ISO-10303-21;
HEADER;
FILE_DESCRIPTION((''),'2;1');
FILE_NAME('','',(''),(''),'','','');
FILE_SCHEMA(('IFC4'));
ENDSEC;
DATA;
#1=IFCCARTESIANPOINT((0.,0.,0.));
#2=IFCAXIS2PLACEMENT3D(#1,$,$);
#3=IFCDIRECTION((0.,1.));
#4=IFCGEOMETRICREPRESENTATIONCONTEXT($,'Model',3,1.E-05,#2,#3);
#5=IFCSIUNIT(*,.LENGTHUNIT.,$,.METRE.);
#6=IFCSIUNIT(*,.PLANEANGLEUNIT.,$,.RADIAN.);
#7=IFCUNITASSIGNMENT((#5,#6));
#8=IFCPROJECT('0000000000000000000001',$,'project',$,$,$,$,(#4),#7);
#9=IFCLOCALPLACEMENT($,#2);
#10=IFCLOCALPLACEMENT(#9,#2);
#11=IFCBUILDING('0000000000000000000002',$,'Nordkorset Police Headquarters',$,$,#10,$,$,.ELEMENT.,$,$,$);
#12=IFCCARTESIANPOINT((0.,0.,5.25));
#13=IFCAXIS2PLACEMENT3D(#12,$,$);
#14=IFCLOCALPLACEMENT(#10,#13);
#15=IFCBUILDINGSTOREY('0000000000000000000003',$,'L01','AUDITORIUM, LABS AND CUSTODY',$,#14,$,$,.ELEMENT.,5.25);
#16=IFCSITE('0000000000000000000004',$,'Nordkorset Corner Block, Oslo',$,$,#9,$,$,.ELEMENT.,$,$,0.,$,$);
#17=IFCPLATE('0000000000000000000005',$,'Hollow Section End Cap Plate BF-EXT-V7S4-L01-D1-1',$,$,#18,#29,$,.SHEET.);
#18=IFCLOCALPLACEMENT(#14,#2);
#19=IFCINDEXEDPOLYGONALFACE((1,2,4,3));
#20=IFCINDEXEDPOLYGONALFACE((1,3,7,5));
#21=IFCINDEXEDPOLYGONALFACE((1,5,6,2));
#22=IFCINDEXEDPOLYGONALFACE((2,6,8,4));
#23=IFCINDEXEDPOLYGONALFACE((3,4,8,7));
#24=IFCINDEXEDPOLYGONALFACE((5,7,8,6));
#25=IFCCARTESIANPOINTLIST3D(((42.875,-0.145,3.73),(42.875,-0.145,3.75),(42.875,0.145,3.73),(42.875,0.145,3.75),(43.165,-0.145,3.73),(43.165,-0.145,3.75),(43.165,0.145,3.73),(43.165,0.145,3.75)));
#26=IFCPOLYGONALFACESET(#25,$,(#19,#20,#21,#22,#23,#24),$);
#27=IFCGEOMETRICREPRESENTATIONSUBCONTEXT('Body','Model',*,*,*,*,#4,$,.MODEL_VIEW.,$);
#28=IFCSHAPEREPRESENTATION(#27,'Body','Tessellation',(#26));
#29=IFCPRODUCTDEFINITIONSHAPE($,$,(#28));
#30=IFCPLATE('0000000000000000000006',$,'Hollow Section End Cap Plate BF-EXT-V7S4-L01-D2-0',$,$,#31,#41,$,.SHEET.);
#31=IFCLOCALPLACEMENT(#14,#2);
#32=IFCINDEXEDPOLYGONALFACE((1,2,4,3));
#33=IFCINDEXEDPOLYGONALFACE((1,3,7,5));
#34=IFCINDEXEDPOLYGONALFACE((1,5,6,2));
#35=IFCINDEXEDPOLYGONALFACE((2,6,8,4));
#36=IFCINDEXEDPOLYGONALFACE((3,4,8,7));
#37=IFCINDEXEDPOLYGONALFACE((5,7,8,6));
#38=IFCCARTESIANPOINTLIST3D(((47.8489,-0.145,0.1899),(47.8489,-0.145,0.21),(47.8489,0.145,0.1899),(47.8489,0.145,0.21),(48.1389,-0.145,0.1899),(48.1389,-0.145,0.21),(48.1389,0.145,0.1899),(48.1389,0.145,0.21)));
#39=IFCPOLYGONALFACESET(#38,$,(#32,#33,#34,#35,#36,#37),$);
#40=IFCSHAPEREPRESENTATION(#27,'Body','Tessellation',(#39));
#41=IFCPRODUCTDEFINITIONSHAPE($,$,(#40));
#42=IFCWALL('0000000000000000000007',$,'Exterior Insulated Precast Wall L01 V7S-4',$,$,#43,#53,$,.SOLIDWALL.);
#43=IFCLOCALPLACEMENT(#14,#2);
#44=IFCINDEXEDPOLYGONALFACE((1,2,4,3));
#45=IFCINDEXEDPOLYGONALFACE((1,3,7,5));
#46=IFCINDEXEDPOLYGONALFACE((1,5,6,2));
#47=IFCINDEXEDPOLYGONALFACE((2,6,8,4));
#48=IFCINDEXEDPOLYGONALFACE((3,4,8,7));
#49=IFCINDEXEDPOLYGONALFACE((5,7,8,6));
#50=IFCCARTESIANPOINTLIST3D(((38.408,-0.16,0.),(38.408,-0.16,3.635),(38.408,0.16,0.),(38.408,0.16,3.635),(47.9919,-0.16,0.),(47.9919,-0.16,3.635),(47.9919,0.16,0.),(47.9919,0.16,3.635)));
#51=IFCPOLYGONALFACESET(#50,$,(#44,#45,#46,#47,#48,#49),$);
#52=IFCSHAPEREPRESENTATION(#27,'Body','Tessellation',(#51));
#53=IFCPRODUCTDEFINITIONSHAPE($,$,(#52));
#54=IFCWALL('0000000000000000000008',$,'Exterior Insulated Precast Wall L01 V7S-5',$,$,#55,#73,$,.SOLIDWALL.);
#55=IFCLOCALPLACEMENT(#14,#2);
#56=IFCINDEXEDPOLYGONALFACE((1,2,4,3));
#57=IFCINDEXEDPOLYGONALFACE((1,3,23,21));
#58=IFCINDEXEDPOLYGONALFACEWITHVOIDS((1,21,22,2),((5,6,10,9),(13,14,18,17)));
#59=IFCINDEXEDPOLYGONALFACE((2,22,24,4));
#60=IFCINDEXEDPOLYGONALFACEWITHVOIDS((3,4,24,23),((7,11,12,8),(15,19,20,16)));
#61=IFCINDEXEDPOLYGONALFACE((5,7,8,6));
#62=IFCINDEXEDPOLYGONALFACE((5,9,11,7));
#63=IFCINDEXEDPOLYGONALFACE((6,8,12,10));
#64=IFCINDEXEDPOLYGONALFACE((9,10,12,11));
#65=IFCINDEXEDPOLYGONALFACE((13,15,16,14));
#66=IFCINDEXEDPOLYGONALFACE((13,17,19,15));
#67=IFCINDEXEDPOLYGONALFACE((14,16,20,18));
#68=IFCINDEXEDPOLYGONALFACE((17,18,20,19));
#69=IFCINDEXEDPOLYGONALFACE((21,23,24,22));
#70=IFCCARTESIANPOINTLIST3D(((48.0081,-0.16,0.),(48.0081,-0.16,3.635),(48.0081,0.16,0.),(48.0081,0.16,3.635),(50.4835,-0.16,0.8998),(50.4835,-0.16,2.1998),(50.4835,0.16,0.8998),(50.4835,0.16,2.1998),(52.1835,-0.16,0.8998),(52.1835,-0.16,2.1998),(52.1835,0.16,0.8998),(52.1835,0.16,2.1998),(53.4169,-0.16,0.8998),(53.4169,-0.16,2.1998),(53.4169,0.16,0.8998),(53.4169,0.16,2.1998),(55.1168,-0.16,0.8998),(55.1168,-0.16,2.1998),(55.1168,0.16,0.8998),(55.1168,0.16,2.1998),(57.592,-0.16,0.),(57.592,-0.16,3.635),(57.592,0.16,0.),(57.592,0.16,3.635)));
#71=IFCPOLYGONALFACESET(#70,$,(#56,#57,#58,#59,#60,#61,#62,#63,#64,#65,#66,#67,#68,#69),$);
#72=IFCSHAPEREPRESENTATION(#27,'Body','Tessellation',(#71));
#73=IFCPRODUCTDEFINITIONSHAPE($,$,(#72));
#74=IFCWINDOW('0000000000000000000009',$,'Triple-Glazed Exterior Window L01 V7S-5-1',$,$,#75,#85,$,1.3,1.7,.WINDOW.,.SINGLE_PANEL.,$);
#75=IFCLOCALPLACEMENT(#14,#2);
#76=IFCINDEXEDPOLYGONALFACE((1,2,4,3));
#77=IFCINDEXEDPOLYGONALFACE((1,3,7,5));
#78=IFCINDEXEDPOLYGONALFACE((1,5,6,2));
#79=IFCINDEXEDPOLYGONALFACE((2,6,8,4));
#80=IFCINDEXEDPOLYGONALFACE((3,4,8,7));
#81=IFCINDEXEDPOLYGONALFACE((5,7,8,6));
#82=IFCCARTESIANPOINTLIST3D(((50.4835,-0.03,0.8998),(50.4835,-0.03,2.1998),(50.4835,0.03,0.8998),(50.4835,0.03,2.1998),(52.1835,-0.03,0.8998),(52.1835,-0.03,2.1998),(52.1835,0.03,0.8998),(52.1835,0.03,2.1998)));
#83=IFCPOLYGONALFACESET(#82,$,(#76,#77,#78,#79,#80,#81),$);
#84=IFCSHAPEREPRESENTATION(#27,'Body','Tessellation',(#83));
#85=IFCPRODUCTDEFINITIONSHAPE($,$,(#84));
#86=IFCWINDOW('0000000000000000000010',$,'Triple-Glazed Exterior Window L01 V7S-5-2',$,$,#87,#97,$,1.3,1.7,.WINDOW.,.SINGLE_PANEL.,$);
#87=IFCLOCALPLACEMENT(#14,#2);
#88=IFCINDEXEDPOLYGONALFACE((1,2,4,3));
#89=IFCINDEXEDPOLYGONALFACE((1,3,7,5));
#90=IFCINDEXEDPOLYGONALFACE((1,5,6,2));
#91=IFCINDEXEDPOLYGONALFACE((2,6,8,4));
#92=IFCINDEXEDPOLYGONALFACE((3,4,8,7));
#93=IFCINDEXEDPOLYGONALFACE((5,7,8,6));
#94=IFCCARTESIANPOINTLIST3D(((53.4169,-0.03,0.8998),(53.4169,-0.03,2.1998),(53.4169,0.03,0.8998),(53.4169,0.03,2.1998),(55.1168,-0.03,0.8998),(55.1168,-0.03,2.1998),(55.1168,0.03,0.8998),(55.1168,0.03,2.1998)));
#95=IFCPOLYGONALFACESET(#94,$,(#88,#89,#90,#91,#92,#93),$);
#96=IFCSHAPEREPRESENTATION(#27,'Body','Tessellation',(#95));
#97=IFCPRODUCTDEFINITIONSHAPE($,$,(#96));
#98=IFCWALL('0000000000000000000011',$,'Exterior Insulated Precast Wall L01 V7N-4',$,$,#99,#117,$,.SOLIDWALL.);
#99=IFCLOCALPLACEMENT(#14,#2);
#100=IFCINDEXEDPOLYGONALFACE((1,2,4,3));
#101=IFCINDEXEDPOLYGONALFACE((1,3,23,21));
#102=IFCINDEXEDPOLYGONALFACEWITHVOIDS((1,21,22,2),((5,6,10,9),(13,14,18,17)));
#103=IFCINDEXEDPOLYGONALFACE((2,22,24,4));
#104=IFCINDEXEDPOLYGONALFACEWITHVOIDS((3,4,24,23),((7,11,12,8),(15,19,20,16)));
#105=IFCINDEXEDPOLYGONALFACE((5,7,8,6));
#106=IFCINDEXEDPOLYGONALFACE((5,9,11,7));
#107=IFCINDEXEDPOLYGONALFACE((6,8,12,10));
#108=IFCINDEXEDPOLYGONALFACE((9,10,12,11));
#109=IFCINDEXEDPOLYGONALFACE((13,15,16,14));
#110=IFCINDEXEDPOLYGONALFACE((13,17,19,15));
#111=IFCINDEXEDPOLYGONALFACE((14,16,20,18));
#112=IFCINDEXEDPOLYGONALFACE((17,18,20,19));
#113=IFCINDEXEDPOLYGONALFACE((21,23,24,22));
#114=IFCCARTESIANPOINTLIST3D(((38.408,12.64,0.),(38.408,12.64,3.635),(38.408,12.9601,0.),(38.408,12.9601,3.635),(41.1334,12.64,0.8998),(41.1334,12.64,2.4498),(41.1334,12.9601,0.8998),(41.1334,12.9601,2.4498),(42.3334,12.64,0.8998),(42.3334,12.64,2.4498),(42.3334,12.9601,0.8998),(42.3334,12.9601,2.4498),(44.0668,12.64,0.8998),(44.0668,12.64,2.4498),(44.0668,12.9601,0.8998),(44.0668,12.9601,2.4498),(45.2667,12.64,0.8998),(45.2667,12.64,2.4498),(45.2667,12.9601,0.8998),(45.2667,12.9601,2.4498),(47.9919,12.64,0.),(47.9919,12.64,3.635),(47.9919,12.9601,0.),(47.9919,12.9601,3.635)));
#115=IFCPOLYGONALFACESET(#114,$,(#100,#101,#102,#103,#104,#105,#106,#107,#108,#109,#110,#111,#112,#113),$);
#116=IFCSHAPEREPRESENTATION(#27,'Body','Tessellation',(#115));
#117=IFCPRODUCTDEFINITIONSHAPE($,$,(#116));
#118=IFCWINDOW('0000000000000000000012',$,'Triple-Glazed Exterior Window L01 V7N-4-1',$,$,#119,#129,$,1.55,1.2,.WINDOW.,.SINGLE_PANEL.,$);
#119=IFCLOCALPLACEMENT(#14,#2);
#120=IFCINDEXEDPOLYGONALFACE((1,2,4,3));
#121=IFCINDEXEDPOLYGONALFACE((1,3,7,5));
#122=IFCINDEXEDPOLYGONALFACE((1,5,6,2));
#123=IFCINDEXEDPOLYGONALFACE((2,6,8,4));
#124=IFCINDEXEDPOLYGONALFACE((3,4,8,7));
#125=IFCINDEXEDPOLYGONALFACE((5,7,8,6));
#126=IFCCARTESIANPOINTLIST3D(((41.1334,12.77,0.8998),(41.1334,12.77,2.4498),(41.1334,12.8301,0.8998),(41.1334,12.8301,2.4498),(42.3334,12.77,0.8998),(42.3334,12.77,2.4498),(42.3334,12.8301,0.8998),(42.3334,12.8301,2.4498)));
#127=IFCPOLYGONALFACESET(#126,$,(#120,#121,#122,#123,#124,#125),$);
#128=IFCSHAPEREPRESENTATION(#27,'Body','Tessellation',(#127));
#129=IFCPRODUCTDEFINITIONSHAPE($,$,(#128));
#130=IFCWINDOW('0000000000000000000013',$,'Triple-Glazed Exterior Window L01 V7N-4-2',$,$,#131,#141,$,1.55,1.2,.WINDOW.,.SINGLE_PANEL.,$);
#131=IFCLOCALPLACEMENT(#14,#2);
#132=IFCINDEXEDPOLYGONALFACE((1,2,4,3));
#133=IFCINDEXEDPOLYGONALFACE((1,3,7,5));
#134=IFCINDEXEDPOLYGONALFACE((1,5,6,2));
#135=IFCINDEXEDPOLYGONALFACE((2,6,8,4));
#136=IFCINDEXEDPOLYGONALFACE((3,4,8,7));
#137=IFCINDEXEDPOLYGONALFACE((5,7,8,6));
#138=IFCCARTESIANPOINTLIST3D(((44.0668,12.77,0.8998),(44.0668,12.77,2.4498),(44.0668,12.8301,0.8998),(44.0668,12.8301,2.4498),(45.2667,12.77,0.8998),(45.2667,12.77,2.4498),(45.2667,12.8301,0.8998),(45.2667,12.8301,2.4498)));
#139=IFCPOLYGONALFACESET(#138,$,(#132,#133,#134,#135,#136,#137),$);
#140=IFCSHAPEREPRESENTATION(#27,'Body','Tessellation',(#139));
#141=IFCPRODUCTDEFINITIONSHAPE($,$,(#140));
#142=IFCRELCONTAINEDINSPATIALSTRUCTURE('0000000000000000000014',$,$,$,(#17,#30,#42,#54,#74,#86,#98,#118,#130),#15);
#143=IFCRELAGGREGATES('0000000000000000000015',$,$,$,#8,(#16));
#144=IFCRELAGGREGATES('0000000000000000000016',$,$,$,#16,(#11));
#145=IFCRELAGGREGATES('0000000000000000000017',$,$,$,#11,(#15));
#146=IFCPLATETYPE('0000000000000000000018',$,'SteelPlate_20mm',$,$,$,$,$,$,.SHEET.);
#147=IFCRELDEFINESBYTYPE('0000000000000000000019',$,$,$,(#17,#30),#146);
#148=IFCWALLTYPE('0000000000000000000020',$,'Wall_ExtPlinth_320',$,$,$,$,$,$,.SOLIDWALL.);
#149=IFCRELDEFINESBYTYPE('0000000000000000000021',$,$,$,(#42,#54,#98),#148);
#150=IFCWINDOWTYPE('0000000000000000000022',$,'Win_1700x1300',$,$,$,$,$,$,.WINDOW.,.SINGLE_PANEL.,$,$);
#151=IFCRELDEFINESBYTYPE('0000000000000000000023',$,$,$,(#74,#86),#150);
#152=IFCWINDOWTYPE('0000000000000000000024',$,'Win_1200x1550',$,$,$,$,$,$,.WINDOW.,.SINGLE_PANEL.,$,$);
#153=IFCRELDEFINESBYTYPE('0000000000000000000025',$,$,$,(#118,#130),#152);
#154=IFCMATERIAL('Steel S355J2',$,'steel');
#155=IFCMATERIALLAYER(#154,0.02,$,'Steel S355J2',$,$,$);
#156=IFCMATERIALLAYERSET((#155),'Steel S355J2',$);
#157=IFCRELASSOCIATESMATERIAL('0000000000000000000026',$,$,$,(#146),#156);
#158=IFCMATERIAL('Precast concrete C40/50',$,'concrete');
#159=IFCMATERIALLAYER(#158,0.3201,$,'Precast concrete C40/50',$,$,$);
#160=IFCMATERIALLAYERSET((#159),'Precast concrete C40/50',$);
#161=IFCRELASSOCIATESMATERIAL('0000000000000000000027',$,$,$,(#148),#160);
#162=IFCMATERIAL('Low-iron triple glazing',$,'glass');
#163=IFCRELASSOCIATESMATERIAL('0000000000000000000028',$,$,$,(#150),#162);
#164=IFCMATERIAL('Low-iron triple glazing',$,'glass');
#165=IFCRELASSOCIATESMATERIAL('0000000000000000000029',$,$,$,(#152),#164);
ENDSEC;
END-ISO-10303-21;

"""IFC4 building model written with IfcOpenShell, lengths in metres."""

from ifc_helpers import new_model, si_unit, direction, frame, frame_2d, origin, origin_2d, place, context, subcontext, project, spatial, rectangle, extrude, material, layer, layer_set, type_object, element, fill, save


model = new_model("IFC4")

# Units and contexts
model_context = context("Model", 3, precision=1e-05, world=origin(), true_north=direction((0.0, 1.0)))
body_context = subcontext(model_context, "Body", "Model", "MODEL_VIEW")
ifc_project = project(units=[si_unit("LENGTHUNIT", "METRE"), si_unit("PLANEANGLEUNIT", "RADIAN")], contexts=[model_context])

# Site, building, storey
site_placement = place(None, origin())
site = spatial("IfcSite", under=ifc_project, at=site_placement, Name="Nordkorset Corner Block, Oslo", CompositionType="ELEMENT", RefElevation=0.0)
building_placement = place(site_placement, origin())
building = spatial("IfcBuilding", under=site, at=building_placement, Name="Nordkorset Police Headquarters", CompositionType="ELEMENT")
storey_placement = place(building_placement, frame((0.0, 0.0, 5.25)))
storey = spatial("IfcBuildingStorey", under=building, at=storey_placement, Name="L01", Description="AUDITORIUM, LABS AND CUSTODY", CompositionType="ELEMENT", Elevation=5.25)

# Plates
ifc_material_1 = material(Name="Steel S355J2", Category="steel")
ifc_layer_1 = layer(ifc_material_1, 0.02, Name="Steel S355J2")
ifc_layer_set_1 = layer_set([ifc_layer_1], Name="Steel S355J2")
plate_type = type_object("IfcPlateType", Name="SteelPlate_20mm", PredefinedType="SHEET", material=ifc_layer_set_1)
for number, where, z_axis, x_axis, name in (
    (1, (43.02, 0.0, 3.73), (0.0, 0.0, 1.0), (1.0, 0.0, 0.0), "Hollow Section End Cap Plate BF-EXT-V7S4-L01-D1-1"),
    (2, (47.9939, 0.0, 0.1899), (0.0, 0.0, 1.0), (1.0, 0.0, 0.0), "Hollow Section End Cap Plate BF-EXT-V7S4-L01-D2-0"),
):
    element("IfcPlate", number, at=place(storey_placement, frame(where, z_axis=z_axis, x_axis=x_axis)), inside=storey, type_object=plate_type, Name=name, PredefinedType="SHEET", context=body_context, shape_type="SweptSolid", body=[
        extrude(rectangle(XDim=0.29, YDim=0.29, at=origin_2d()), origin(), (0.0, 0.0, 1.0), 0.02),
    ])

# Wall
ifc_material_2 = material(Name="Precast concrete C40/50", Category="concrete")
ifc_layer_2 = layer(ifc_material_2, 0.3201, Name="Precast concrete C40/50")
ifc_layer_set_2 = layer_set([ifc_layer_2], Name="Precast concrete C40/50")
wall_type_1 = type_object("IfcWallType", Name="Wall_ExtPlinth_320", PredefinedType="SOLIDWALL", material=ifc_layer_set_2)
wall_1_placement = place(storey_placement, frame((38.408, 0.0, 0.0), z_axis=(0.0, 0.0, 1.0), x_axis=(1.0, 0.0, 0.0)))
element("IfcWall", 3, at=wall_1_placement, inside=storey, type_object=wall_type_1, Name="Exterior Insulated Precast Wall L01 V7S-4", PredefinedType="SOLIDWALL", context=body_context, shape_type="SweptSolid", body=[
    extrude(rectangle(XDim=9.584, YDim=0.3201, at=frame_2d((4.792, 0.0))), origin(), (0.0, 0.0, 1.0), 3.635),
])

# Walls, openings, windows
wall_2_placement = place(storey_placement, frame((48.0081, 0.0, 0.0), z_axis=(0.0, 0.0, 1.0), x_axis=(1.0, 0.0, 0.0)))
wall_2 = element("IfcWall", 4, at=wall_2_placement, inside=storey, type_object=wall_type_1, Name="Exterior Insulated Precast Wall L01 V7S-5", PredefinedType="SOLIDWALL", context=body_context, shape_type="SweptSolid", body=[
    extrude(rectangle(XDim=9.584, YDim=0.3201, at=frame_2d((4.792, 0.0))), origin(), (0.0, 0.0, 1.0), 3.635),
])
opening_1_placement = place(wall_2_placement, frame((2.4753, 0.0, 0.8999)))
opening_1 = element("IfcOpeningElement", 5, at=opening_1_placement, cuts=wall_2, PredefinedType="OPENING", context=body_context, shape_type="SweptSolid", body=[
    extrude(rectangle(XDim=1.7, YDim=1.3, at=frame_2d((0.8501, 0.6499))), frame((0.0, 0.1699, 0.0), z_axis=(0.0, -1.0, 0.0), x_axis=(1.0, 0.0, 0.0)), (0.0, 0.0, 1.0), 0.3401),
])
opening_2_placement = place(wall_2_placement, frame((5.4087, 0.0, 0.8999)))
opening_2 = element("IfcOpeningElement", 6, at=opening_2_placement, cuts=wall_2, PredefinedType="OPENING", context=body_context, shape_type="SweptSolid", body=[
    extrude(rectangle(XDim=1.7, YDim=1.3, at=frame_2d((0.8501, 0.6499))), frame((0.0, 0.1699, 0.0), z_axis=(0.0, -1.0, 0.0), x_axis=(1.0, 0.0, 0.0)), (0.0, 0.0, 1.0), 0.3401),
])
ifc_material_3 = material(Name="Low-iron triple glazing", Category="glass")
window_type_1 = type_object("IfcWindowType", Name="Win_1700x1300", PartitioningType="SINGLE_PANEL", PredefinedType="WINDOW", material=ifc_material_3)
window_1_placement = place(opening_1_placement, origin())
window_1 = element("IfcWindow", 7, at=window_1_placement, inside=storey, type_object=window_type_1, Name="Triple-Glazed Exterior Window L01 V7S-5-1", OverallHeight=1.3, OverallWidth=1.7, PartitioningType="SINGLE_PANEL", PredefinedType="WINDOW", context=body_context, shape_type="SweptSolid", body=[
    extrude(rectangle(XDim=1.7, YDim=1.3, at=frame_2d((0.8501, 0.6499))), frame((0.0, 0.03, 0.0), z_axis=(0.0, -1.0, 0.0), x_axis=(1.0, 0.0, 0.0)), (0.0, 0.0, 1.0), 0.0601),
])
fill(opening_1, window_1)
window_2_placement = place(opening_2_placement, origin())
window_2 = element("IfcWindow", 8, at=window_2_placement, inside=storey, type_object=window_type_1, Name="Triple-Glazed Exterior Window L01 V7S-5-2", OverallHeight=1.3, OverallWidth=1.7, PartitioningType="SINGLE_PANEL", PredefinedType="WINDOW", context=body_context, shape_type="SweptSolid", body=[
    extrude(rectangle(XDim=1.7, YDim=1.3, at=frame_2d((0.8501, 0.6499))), frame((0.0, 0.03, 0.0), z_axis=(0.0, -1.0, 0.0), x_axis=(1.0, 0.0, 0.0)), (0.0, 0.0, 1.0), 0.0601),
])
fill(opening_2, window_2)
wall_3_placement = place(storey_placement, frame((38.408, 12.8, 0.0), z_axis=(0.0, 0.0, 1.0), x_axis=(1.0, 0.0, 0.0)))
wall_3 = element("IfcWall", 9, at=wall_3_placement, inside=storey, type_object=wall_type_1, Name="Exterior Insulated Precast Wall L01 V7N-4", PredefinedType="SOLIDWALL", context=body_context, shape_type="SweptSolid", body=[
    extrude(rectangle(XDim=9.584, YDim=0.3201, at=frame_2d((4.792, 0.0))), origin(), (0.0, 0.0, 1.0), 3.635),
])
opening_3_placement = place(wall_3_placement, frame((2.7253, 0.0, 0.8999)))
opening_3 = element("IfcOpeningElement", 10, at=opening_3_placement, cuts=wall_3, PredefinedType="OPENING", context=body_context, shape_type="SweptSolid", body=[
    extrude(rectangle(XDim=1.2, YDim=1.55, at=frame_2d((0.6001, 0.7749))), frame((0.0, 0.1699, 0.0), z_axis=(0.0, -1.0, 0.0), x_axis=(1.0, 0.0, 0.0)), (0.0, 0.0, 1.0), 0.3401),
])
opening_4_placement = place(wall_3_placement, frame((5.6587, 0.0, 0.8999)))
opening_4 = element("IfcOpeningElement", 11, at=opening_4_placement, cuts=wall_3, PredefinedType="OPENING", context=body_context, shape_type="SweptSolid", body=[
    extrude(rectangle(XDim=1.2, YDim=1.55, at=frame_2d((0.6001, 0.7749))), frame((0.0, 0.1699, 0.0), z_axis=(0.0, -1.0, 0.0), x_axis=(1.0, 0.0, 0.0)), (0.0, 0.0, 1.0), 0.3401),
])
ifc_material_4 = material(Name="Low-iron triple glazing", Category="glass")
window_type_2 = type_object("IfcWindowType", Name="Win_1200x1550", PartitioningType="SINGLE_PANEL", PredefinedType="WINDOW", material=ifc_material_4)
window_3_placement = place(opening_3_placement, origin())
window_3 = element("IfcWindow", 12, at=window_3_placement, inside=storey, type_object=window_type_2, Name="Triple-Glazed Exterior Window L01 V7N-4-1", OverallHeight=1.55, OverallWidth=1.2, PartitioningType="SINGLE_PANEL", PredefinedType="WINDOW", context=body_context, shape_type="SweptSolid", body=[
    extrude(rectangle(XDim=1.2, YDim=1.55, at=frame_2d((0.6001, 0.7749))), frame((0.0, 0.03, 0.0), z_axis=(0.0, -1.0, 0.0), x_axis=(1.0, 0.0, 0.0)), (0.0, 0.0, 1.0), 0.0601),
])
fill(opening_3, window_3)
window_4_placement = place(opening_4_placement, origin())
window_4 = element("IfcWindow", 13, at=window_4_placement, inside=storey, type_object=window_type_2, Name="Triple-Glazed Exterior Window L01 V7N-4-2", OverallHeight=1.55, OverallWidth=1.2, PartitioningType="SINGLE_PANEL", PredefinedType="WINDOW", context=body_context, shape_type="SweptSolid", body=[
    extrude(rectangle(XDim=1.2, YDim=1.55, at=frame_2d((0.6001, 0.7749))), frame((0.0, 0.03, 0.0), z_axis=(0.0, -1.0, 0.0), x_axis=(1.0, 0.0, 0.0)), (0.0, 0.0, 1.0), 0.0601),
])
fill(opening_4, window_4)

save(model, "model.ifc")
